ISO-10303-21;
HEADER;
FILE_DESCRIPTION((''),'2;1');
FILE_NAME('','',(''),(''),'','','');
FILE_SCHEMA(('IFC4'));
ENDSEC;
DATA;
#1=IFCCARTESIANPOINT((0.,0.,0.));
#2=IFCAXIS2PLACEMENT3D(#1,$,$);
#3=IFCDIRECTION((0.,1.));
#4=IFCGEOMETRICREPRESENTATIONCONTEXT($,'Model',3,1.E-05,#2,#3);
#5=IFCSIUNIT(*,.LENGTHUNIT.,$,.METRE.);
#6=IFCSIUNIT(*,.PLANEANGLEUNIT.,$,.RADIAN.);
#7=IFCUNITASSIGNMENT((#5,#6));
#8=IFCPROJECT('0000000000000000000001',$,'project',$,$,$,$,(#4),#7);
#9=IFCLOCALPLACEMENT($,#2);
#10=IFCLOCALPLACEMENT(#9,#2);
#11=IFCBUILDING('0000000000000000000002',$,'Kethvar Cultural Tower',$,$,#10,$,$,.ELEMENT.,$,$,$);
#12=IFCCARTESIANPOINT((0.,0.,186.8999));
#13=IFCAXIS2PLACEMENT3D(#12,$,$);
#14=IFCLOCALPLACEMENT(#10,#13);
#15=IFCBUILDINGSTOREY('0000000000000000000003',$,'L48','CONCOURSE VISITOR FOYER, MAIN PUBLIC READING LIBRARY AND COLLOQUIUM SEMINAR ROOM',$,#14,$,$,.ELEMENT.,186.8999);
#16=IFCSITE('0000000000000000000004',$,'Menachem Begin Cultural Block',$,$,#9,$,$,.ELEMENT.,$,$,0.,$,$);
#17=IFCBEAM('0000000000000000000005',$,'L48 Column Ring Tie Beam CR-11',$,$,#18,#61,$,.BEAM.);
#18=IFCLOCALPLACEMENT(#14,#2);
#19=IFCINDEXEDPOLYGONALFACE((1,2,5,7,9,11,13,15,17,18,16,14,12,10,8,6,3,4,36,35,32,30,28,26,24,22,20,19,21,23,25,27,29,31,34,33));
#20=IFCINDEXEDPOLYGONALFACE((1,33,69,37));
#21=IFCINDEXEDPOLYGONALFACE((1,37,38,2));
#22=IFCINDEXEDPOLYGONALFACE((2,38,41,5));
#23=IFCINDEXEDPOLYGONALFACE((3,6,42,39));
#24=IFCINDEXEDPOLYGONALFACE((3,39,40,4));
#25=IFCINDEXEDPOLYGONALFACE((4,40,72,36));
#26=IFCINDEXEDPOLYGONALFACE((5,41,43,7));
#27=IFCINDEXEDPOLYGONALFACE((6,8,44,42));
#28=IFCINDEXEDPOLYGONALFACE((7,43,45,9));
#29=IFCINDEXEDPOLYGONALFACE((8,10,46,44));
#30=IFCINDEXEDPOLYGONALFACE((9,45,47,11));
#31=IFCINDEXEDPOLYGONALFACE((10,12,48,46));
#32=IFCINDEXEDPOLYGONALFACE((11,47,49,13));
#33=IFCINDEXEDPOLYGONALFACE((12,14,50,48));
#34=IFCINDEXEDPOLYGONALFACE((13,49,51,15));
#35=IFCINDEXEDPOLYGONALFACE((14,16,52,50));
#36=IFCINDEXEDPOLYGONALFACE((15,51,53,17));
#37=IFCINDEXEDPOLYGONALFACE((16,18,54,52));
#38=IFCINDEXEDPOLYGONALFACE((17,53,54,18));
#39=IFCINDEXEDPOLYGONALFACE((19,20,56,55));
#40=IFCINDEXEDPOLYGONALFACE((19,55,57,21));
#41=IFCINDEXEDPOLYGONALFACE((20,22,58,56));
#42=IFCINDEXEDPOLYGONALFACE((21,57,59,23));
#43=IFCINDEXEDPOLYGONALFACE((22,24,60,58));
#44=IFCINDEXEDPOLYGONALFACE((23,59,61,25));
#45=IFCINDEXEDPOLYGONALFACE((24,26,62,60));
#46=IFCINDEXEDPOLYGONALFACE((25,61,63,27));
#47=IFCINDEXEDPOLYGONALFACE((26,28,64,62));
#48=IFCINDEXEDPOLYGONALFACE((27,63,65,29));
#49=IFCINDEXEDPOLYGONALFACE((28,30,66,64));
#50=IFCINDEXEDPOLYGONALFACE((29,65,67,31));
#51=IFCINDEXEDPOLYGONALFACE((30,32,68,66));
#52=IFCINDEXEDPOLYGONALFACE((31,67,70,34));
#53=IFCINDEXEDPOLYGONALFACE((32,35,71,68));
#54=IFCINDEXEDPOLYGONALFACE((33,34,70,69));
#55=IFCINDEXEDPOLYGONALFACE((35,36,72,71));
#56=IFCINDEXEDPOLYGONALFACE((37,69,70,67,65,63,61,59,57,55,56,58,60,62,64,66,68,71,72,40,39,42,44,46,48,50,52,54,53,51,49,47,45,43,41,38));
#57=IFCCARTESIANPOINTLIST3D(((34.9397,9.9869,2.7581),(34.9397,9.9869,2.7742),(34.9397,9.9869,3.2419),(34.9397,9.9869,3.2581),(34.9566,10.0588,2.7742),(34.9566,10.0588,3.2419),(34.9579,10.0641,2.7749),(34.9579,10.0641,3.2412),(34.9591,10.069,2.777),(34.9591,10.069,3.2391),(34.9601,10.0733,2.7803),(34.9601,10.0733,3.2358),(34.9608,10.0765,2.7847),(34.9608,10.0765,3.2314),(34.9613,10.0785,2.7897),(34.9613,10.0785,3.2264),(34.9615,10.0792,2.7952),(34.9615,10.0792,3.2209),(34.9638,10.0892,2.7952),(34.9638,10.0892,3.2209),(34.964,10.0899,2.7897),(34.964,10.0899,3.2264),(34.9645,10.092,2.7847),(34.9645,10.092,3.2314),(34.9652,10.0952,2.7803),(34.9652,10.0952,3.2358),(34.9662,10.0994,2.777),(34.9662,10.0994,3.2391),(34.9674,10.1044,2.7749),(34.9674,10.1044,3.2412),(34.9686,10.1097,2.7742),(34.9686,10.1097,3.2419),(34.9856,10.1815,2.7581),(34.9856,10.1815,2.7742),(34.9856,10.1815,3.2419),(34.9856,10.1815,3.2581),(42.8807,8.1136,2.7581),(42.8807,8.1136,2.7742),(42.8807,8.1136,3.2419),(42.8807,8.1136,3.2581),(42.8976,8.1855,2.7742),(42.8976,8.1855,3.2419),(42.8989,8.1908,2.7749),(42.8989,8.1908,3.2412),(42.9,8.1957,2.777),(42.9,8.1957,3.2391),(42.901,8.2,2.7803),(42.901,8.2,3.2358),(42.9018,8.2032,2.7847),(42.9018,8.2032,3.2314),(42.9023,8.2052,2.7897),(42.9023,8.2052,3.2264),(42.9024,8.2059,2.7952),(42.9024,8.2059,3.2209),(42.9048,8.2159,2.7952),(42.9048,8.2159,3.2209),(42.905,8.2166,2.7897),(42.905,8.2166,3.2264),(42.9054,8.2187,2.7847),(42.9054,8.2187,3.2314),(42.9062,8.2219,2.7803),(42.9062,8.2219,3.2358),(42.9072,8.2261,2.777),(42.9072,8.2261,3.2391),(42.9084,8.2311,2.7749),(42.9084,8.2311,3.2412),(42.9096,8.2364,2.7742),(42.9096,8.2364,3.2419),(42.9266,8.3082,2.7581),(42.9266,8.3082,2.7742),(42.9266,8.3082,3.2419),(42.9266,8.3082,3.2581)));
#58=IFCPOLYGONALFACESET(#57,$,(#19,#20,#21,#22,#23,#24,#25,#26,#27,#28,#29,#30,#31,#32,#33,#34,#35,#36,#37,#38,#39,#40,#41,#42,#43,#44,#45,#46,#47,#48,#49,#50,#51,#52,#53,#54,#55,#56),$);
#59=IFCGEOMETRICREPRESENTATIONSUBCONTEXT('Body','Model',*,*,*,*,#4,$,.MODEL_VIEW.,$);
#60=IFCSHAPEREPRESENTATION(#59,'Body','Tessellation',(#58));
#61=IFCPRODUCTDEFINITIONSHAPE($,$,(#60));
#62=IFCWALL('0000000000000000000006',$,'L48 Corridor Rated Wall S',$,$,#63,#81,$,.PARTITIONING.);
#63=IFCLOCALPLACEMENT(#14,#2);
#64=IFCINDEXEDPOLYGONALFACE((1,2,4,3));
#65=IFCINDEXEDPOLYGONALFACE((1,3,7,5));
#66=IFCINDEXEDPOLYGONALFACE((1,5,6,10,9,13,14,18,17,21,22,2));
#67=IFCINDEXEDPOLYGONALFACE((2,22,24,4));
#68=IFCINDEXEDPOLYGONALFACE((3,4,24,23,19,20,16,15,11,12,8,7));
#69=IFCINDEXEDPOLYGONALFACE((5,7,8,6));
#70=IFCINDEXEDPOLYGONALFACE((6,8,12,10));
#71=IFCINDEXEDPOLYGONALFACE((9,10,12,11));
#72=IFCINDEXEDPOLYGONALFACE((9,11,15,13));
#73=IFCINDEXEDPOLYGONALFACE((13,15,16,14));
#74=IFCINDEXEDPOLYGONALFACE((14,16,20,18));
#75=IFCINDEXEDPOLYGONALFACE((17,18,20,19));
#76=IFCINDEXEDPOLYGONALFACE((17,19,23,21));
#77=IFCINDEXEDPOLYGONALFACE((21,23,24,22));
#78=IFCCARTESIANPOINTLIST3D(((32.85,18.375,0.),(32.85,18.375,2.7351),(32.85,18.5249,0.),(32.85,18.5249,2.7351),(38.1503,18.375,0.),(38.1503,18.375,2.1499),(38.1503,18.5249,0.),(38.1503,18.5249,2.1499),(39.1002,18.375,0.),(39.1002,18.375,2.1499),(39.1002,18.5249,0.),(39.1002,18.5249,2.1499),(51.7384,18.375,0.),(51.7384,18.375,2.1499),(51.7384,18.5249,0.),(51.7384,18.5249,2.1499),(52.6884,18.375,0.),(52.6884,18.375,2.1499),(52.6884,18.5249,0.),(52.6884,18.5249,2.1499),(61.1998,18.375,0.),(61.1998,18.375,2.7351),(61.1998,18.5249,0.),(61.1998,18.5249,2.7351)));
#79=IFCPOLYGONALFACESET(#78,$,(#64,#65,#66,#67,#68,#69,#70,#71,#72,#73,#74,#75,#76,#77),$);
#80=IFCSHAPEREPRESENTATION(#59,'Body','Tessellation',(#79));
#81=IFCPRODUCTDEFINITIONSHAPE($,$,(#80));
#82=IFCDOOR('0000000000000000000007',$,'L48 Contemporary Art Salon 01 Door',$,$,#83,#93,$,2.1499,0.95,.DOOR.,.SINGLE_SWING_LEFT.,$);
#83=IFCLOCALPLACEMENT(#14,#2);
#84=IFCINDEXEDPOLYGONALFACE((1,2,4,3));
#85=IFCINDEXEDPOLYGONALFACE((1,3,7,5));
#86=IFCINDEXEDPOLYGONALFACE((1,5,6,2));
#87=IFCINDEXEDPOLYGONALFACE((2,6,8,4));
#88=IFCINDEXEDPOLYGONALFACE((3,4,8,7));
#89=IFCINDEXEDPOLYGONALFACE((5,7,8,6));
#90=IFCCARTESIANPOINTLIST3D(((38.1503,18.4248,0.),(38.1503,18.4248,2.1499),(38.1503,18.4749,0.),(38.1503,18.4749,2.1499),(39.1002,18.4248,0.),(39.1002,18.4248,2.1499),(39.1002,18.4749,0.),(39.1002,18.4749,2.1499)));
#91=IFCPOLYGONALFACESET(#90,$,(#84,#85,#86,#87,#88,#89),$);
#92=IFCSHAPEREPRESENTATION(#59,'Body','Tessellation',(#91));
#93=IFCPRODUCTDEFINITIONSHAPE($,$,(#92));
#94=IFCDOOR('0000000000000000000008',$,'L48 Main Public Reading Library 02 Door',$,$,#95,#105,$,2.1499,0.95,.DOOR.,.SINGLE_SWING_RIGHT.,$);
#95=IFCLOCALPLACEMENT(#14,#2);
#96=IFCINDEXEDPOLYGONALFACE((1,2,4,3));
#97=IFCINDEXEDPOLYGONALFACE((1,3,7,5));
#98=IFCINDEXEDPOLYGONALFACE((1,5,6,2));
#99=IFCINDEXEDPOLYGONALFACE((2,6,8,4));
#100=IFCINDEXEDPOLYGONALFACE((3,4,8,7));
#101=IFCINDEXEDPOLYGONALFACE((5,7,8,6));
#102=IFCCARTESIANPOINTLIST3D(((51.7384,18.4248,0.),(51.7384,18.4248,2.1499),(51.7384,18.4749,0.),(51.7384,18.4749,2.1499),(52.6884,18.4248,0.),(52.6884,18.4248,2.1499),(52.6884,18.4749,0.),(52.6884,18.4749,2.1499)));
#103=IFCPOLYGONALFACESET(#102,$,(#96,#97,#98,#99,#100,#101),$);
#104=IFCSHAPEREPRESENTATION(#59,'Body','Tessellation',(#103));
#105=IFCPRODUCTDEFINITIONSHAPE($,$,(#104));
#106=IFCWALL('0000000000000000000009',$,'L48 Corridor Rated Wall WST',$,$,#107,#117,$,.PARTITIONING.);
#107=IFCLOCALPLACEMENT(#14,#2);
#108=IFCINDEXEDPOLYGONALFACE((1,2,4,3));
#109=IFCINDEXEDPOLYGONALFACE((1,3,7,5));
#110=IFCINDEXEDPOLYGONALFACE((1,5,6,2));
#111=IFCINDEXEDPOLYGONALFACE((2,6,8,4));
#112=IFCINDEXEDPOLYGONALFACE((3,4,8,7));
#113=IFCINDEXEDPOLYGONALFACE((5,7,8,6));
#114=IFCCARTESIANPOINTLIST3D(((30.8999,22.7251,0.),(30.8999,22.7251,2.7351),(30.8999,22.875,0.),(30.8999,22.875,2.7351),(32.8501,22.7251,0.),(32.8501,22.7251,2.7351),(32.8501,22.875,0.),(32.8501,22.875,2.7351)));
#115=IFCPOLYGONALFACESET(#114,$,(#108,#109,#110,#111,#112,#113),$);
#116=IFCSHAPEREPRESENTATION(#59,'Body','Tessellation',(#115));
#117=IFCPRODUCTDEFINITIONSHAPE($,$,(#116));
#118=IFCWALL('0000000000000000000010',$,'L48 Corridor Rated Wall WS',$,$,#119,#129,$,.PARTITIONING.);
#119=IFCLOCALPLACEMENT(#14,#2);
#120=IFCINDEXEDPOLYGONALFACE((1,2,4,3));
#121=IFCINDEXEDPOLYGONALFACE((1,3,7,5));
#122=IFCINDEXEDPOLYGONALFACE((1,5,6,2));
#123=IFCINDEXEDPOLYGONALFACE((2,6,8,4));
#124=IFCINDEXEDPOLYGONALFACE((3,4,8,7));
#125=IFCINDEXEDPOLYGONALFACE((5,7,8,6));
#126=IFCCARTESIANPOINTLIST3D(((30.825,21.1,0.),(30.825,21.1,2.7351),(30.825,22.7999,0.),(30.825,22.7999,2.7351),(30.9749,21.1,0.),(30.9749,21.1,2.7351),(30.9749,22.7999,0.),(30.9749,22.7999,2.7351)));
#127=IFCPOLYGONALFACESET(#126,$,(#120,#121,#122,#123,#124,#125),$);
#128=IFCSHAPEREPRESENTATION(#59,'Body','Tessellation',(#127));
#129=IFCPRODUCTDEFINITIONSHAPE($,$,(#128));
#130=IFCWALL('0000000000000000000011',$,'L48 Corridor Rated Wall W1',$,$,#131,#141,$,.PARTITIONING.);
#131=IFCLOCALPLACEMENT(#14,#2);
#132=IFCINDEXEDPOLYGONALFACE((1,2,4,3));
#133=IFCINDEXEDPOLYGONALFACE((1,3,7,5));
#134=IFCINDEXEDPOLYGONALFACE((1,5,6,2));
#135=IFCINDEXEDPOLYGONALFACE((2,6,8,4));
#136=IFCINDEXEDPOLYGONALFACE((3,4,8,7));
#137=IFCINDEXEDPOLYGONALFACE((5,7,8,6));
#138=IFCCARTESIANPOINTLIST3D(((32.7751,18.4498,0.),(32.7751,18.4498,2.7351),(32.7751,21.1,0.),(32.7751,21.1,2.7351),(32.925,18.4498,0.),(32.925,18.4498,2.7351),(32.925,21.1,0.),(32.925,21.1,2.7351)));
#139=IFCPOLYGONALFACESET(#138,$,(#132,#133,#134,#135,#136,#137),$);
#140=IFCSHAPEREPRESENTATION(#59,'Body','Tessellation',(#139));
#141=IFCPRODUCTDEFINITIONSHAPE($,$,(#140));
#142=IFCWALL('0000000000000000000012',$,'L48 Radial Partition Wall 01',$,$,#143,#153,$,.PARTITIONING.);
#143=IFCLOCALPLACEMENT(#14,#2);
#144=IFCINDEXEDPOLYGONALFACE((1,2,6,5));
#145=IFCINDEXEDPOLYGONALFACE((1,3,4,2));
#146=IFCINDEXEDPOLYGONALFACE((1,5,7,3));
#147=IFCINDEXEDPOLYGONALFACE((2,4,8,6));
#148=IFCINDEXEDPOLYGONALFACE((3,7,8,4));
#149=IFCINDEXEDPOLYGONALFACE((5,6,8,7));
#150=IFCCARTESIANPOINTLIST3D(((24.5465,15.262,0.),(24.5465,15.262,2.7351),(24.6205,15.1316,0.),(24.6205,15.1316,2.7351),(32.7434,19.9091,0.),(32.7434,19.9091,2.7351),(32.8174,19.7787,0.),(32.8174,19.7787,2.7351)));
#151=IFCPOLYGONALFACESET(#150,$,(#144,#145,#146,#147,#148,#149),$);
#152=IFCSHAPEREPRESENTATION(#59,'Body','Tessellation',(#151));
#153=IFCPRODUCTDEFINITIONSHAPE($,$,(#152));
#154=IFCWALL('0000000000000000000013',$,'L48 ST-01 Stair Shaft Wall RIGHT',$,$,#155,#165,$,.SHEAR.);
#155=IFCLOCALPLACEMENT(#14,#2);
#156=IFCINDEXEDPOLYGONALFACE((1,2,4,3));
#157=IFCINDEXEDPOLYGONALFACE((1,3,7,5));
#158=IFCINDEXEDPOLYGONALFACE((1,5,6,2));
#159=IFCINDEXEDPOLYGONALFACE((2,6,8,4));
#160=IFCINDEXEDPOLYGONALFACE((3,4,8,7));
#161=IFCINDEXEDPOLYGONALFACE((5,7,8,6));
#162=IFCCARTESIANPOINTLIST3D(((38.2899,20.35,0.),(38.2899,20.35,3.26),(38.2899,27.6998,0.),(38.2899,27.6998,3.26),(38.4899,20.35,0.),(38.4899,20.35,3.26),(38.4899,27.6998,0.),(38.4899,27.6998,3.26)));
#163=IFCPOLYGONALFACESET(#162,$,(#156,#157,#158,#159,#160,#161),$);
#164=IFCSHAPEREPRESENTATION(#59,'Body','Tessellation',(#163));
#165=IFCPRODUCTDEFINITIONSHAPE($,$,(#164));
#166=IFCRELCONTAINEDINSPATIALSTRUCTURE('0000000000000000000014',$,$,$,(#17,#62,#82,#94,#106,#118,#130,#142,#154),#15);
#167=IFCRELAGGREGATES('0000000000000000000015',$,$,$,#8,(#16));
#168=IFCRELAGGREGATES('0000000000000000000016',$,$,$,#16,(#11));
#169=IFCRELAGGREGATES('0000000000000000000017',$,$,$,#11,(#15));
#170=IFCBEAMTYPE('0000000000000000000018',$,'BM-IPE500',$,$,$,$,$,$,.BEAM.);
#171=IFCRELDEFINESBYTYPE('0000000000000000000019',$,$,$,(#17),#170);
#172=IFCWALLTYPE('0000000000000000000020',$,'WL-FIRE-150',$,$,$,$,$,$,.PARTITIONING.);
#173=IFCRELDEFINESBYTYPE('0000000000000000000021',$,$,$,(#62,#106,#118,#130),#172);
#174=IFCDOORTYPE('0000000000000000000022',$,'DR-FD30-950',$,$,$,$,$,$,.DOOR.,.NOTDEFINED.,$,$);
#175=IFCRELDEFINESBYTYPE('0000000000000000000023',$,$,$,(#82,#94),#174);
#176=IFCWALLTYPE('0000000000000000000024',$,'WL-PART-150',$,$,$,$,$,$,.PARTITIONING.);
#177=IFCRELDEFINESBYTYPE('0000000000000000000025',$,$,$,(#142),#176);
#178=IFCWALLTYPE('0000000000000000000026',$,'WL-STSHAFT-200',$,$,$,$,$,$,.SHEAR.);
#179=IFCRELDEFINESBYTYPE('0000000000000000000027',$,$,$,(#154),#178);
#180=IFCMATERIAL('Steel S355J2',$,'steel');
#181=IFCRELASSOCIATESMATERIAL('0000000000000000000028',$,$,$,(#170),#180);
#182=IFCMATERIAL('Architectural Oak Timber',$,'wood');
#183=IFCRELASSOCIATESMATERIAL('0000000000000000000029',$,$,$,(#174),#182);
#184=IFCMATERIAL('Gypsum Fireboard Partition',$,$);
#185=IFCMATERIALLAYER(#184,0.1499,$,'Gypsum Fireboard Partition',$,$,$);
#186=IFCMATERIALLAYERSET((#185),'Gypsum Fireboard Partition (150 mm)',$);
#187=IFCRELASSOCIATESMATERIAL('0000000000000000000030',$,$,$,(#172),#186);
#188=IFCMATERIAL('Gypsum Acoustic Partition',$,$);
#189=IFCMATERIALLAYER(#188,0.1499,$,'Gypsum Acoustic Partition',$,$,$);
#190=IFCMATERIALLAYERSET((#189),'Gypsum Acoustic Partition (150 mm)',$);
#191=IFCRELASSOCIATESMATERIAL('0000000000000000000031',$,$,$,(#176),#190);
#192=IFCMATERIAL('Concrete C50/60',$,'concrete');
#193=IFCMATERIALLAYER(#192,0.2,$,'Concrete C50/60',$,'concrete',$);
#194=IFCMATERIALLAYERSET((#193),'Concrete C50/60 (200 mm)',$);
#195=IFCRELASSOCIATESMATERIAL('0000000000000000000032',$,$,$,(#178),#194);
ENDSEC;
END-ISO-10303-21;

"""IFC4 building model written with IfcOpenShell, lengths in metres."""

from ifc_helpers import new_model, si_unit, direction, frame, frame_2d, origin, origin_2d, place, context, subcontext, project, spatial, rectangle, i_section, extrude, source, transform, mapped, material, layer, layer_set, material_profile, profile_set, type_object, element, fill, save


model = new_model("IFC4")

# Units and contexts
model_context = context("Model", 3, precision=1e-05, world=origin(), true_north=direction((0.0, 1.0)))
body_context = subcontext(model_context, "Body", "Model", "MODEL_VIEW")
ifc_project = project(units=[si_unit("LENGTHUNIT", "METRE"), si_unit("PLANEANGLEUNIT", "RADIAN")], contexts=[model_context])

# Site, building, storey
site_placement = place(None, origin())
site = spatial("IfcSite", under=ifc_project, at=site_placement, Name="Menachem Begin Cultural Block", CompositionType="ELEMENT", RefElevation=0.0)
building_placement = place(site_placement, origin())
building = spatial("IfcBuilding", under=site, at=building_placement, Name="Kethvar Cultural Tower", CompositionType="ELEMENT")
storey_placement = place(building_placement, frame((0.0, 0.0, 186.8999)))
storey = spatial("IfcBuildingStorey", under=building, at=storey_placement, Name="L48", Description="CONCOURSE VISITOR FOYER, MAIN PUBLIC READING LIBRARY AND COLLOQUIUM SEMINAR ROOM", CompositionType="ELEMENT", Elevation=186.8999)

# Beam
ifc_material_1 = material(Name="Steel S355J2", Category="steel")
ifc_material_profile_1 = material_profile(ifc_material_1, i_section(OverallWidth=0.2, OverallDepth=0.5, WebThickness=0.0103, FlangeThickness=0.0161, FilletRadius=0.021, at=origin_2d()), Name="Steel S355J2 — IPE500")
ifc_profile_set_1 = profile_set([ifc_material_profile_1], Name="Steel S355J2 — IPE500")
beam_type_1 = type_object("IfcBeamType", Name="BM-IPE500", PredefinedType="BEAM", material=ifc_profile_set_1)
shared_shape_1 = source(origin(), body_context, "Body", "SweptSolid", [
    extrude(i_section(OverallWidth=0.2, OverallDepth=0.5, WebThickness=0.0103, FlangeThickness=0.0161, FilletRadius=0.021, at=origin_2d()), origin(), (0.0, 0.0, 1.0), 8.1589),
])
beam_1_placement = place(storey_placement, frame((34.9626, 10.0842, 3.0081), z_axis=(0.973285, -0.229601, 0.0), x_axis=(0.229601, 0.973285, 0.0)))
element("IfcBeam", 1, at=beam_1_placement, inside=storey, type_object=beam_type_1, Name="L48 Column Ring Tie Beam CR-11", PredefinedType="BEAM", context=body_context, shape_type="MappedRepresentation", body=[
    mapped(shared_shape_1, transform((0.0, 0.0, 0.0), scale=1.0)),
])

# Wall, openings, doors
ifc_material_2 = material(Name="Architectural Oak Timber", Category="wood")
door_type_1 = type_object("IfcDoorType", Name="DR-FD30-950", OperationType="NOTDEFINED", PredefinedType="DOOR", material=ifc_material_2)
shared_shape_2 = source(origin(), body_context, "Body", "SweptSolid", [
    extrude(rectangle(XDim=0.95, YDim=2.1499, at=frame_2d((0.4751, 1.075))), frame((0.0, 0.0249, 0.0), z_axis=(0.0, -1.0, 0.0), x_axis=(1.0, 0.0, 0.0)), (0.0, 0.0, 1.0), 0.05),
])
ifc_material_3 = material(Name="Gypsum Fireboard Partition")
ifc_layer_1 = layer(ifc_material_3, 0.1499, Name="Gypsum Fireboard Partition")
ifc_layer_set_1 = layer_set([ifc_layer_1], Name="Gypsum Fireboard Partition (150 mm)")
wall_type_1 = type_object("IfcWallType", Name="WL-FIRE-150", PredefinedType="PARTITIONING", material=ifc_layer_set_1)
wall_1_placement = place(storey_placement, frame((32.8501, 18.45, 0.0), z_axis=(0.0, 0.0, 1.0), x_axis=(1.0, 0.0, 0.0)))
wall_1 = element("IfcWall", 2, at=wall_1_placement, inside=storey, type_object=wall_type_1, Name="L48 Corridor Rated Wall S", PredefinedType="PARTITIONING", context=body_context, shape_type="SweptSolid", body=[
    extrude(rectangle(XDim=28.3499, YDim=0.1499, at=frame_2d((14.1748, 0.0))), origin(), (0.0, 0.0, 1.0), 2.7351),
])
opening_1_placement = place(wall_1_placement, frame((5.3, 0.0, 0.0)))
opening_1 = element("IfcOpeningElement", 3, at=opening_1_placement, cuts=wall_1, PredefinedType="OPENING", context=body_context, shape_type="SweptSolid", body=[
    extrude(rectangle(XDim=0.95, YDim=2.1499, at=frame_2d((0.4751, 1.075))), frame((0.0, 0.085, 0.0), z_axis=(0.0, -1.0, 0.0), x_axis=(1.0, 0.0, 0.0)), (0.0, 0.0, 1.0), 0.1699),
])
opening_2_placement = place(wall_1_placement, frame((18.8882, 0.0, 0.0)))
opening_2 = element("IfcOpeningElement", 4, at=opening_2_placement, cuts=wall_1, PredefinedType="OPENING", context=body_context, shape_type="SweptSolid", body=[
    extrude(rectangle(XDim=0.95, YDim=2.1499, at=frame_2d((0.4751, 1.075))), frame((0.0, 0.085, 0.0), z_axis=(0.0, -1.0, 0.0), x_axis=(1.0, 0.0, 0.0)), (0.0, 0.0, 1.0), 0.1699),
])
door_1_placement = place(opening_1_placement, origin())
door_1 = element("IfcDoor", 5, at=door_1_placement, inside=storey, type_object=door_type_1, Name="L48 Contemporary Art Salon 01 Door", OperationType="SINGLE_SWING_LEFT", OverallHeight=2.1499, OverallWidth=0.95, PredefinedType="DOOR", context=body_context, shape_type="MappedRepresentation", body=[
    mapped(shared_shape_2, transform((0.0, 0.0, 0.0), scale=1.0)),
])
fill(opening_1, door_1)
door_2_placement = place(opening_2_placement, origin())
door_2 = element("IfcDoor", 6, at=door_2_placement, inside=storey, type_object=door_type_1, Name="L48 Main Public Reading Library 02 Door", OperationType="SINGLE_SWING_RIGHT", OverallHeight=2.1499, OverallWidth=0.95, PredefinedType="DOOR", context=body_context, shape_type="MappedRepresentation", body=[
    mapped(shared_shape_2, transform((0.0, 0.0, 0.0), scale=1.0)),
])
fill(opening_2, door_2)

# Walls
wall_2_placement = place(storey_placement, frame((32.8501, 22.8, 0.0), z_axis=(0.0, 0.0, 1.0), x_axis=(-1.0, 0.0, 0.0)))
element("IfcWall", 7, at=wall_2_placement, inside=storey, type_object=wall_type_1, Name="L48 Corridor Rated Wall WST", PredefinedType="PARTITIONING", context=body_context, shape_type="SweptSolid", body=[
    extrude(rectangle(XDim=1.9502, YDim=0.1499, at=frame_2d((0.9751, 0.0))), origin(), (0.0, 0.0, 1.0), 2.7351),
])
wall_3_placement = place(storey_placement, frame((30.8999, 22.8, 0.0), z_axis=(0.0, 0.0, 1.0), x_axis=(0.0, -1.0, 0.0)))
element("IfcWall", 8, at=wall_3_placement, inside=storey, type_object=wall_type_1, Name="L48 Corridor Rated Wall WS", PredefinedType="PARTITIONING", context=body_context, shape_type="SweptSolid", body=[
    extrude(rectangle(XDim=1.7, YDim=0.1499, at=frame_2d((0.8501, 0.0))), origin(), (0.0, 0.0, 1.0), 2.7351),
])
wall_4_placement = place(storey_placement, frame((32.8501, 21.1001, 0.0), z_axis=(0.0, 0.0, 1.0), x_axis=(0.0, -1.0, 0.0)))
element("IfcWall", 9, at=wall_4_placement, inside=storey, type_object=wall_type_1, Name="L48 Corridor Rated Wall W1", PredefinedType="PARTITIONING", context=body_context, shape_type="SweptSolid", body=[
    extrude(rectangle(XDim=2.6501, YDim=0.1499, at=frame_2d((1.3252, 0.0))), origin(), (0.0, 0.0, 1.0), 2.7351),
])
ifc_material_4 = material(Name="Gypsum Acoustic Partition")
ifc_layer_2 = layer(ifc_material_4, 0.1499, Name="Gypsum Acoustic Partition")
ifc_layer_set_2 = layer_set([ifc_layer_2], Name="Gypsum Acoustic Partition (150 mm)")
wall_type_2 = type_object("IfcWallType", Name="WL-PART-150", PredefinedType="PARTITIONING", material=ifc_layer_set_2)
wall_5_placement = place(storey_placement, frame((32.7805, 19.844, 0.0), z_axis=(0.0, 0.0, 1.0), x_axis=(-0.86992, -0.493192, 0.0)))
element("IfcWall", 10, at=wall_5_placement, inside=storey, type_object=wall_type_2, Name="L48 Radial Partition Wall 01", PredefinedType="PARTITIONING", context=body_context, shape_type="SweptSolid", body=[
    extrude(rectangle(XDim=9.4226, YDim=0.1499, at=frame_2d((4.7114, 0.0))), origin(), (0.0, 0.0, 1.0), 2.7351),
])
ifc_material_5 = material(Name="Concrete C50/60", Category="concrete")
ifc_layer_3 = layer(ifc_material_5, 0.2, Name="Concrete C50/60", Category="concrete")
ifc_layer_set_3 = layer_set([ifc_layer_3], Name="Concrete C50/60 (200 mm)")
wall_type_3 = type_object("IfcWallType", Name="WL-STSHAFT-200", PredefinedType="SHEAR", material=ifc_layer_set_3)
wall_6_placement = place(storey_placement, frame((38.3899, 20.3501, 0.0), z_axis=(0.0, 0.0, 1.0), x_axis=(0.0, 1.0, 0.0)))
element("IfcWall", 11, at=wall_6_placement, inside=storey, type_object=wall_type_3, Name="L48 ST-01 Stair Shaft Wall RIGHT", PredefinedType="SHEAR", context=body_context, shape_type="SweptSolid", body=[
    extrude(rectangle(XDim=7.3499, YDim=0.2, at=frame_2d((3.6748, 0.0))), origin(), (0.0, 0.0, 1.0), 3.26),
])

save(model, "model.ifc")
